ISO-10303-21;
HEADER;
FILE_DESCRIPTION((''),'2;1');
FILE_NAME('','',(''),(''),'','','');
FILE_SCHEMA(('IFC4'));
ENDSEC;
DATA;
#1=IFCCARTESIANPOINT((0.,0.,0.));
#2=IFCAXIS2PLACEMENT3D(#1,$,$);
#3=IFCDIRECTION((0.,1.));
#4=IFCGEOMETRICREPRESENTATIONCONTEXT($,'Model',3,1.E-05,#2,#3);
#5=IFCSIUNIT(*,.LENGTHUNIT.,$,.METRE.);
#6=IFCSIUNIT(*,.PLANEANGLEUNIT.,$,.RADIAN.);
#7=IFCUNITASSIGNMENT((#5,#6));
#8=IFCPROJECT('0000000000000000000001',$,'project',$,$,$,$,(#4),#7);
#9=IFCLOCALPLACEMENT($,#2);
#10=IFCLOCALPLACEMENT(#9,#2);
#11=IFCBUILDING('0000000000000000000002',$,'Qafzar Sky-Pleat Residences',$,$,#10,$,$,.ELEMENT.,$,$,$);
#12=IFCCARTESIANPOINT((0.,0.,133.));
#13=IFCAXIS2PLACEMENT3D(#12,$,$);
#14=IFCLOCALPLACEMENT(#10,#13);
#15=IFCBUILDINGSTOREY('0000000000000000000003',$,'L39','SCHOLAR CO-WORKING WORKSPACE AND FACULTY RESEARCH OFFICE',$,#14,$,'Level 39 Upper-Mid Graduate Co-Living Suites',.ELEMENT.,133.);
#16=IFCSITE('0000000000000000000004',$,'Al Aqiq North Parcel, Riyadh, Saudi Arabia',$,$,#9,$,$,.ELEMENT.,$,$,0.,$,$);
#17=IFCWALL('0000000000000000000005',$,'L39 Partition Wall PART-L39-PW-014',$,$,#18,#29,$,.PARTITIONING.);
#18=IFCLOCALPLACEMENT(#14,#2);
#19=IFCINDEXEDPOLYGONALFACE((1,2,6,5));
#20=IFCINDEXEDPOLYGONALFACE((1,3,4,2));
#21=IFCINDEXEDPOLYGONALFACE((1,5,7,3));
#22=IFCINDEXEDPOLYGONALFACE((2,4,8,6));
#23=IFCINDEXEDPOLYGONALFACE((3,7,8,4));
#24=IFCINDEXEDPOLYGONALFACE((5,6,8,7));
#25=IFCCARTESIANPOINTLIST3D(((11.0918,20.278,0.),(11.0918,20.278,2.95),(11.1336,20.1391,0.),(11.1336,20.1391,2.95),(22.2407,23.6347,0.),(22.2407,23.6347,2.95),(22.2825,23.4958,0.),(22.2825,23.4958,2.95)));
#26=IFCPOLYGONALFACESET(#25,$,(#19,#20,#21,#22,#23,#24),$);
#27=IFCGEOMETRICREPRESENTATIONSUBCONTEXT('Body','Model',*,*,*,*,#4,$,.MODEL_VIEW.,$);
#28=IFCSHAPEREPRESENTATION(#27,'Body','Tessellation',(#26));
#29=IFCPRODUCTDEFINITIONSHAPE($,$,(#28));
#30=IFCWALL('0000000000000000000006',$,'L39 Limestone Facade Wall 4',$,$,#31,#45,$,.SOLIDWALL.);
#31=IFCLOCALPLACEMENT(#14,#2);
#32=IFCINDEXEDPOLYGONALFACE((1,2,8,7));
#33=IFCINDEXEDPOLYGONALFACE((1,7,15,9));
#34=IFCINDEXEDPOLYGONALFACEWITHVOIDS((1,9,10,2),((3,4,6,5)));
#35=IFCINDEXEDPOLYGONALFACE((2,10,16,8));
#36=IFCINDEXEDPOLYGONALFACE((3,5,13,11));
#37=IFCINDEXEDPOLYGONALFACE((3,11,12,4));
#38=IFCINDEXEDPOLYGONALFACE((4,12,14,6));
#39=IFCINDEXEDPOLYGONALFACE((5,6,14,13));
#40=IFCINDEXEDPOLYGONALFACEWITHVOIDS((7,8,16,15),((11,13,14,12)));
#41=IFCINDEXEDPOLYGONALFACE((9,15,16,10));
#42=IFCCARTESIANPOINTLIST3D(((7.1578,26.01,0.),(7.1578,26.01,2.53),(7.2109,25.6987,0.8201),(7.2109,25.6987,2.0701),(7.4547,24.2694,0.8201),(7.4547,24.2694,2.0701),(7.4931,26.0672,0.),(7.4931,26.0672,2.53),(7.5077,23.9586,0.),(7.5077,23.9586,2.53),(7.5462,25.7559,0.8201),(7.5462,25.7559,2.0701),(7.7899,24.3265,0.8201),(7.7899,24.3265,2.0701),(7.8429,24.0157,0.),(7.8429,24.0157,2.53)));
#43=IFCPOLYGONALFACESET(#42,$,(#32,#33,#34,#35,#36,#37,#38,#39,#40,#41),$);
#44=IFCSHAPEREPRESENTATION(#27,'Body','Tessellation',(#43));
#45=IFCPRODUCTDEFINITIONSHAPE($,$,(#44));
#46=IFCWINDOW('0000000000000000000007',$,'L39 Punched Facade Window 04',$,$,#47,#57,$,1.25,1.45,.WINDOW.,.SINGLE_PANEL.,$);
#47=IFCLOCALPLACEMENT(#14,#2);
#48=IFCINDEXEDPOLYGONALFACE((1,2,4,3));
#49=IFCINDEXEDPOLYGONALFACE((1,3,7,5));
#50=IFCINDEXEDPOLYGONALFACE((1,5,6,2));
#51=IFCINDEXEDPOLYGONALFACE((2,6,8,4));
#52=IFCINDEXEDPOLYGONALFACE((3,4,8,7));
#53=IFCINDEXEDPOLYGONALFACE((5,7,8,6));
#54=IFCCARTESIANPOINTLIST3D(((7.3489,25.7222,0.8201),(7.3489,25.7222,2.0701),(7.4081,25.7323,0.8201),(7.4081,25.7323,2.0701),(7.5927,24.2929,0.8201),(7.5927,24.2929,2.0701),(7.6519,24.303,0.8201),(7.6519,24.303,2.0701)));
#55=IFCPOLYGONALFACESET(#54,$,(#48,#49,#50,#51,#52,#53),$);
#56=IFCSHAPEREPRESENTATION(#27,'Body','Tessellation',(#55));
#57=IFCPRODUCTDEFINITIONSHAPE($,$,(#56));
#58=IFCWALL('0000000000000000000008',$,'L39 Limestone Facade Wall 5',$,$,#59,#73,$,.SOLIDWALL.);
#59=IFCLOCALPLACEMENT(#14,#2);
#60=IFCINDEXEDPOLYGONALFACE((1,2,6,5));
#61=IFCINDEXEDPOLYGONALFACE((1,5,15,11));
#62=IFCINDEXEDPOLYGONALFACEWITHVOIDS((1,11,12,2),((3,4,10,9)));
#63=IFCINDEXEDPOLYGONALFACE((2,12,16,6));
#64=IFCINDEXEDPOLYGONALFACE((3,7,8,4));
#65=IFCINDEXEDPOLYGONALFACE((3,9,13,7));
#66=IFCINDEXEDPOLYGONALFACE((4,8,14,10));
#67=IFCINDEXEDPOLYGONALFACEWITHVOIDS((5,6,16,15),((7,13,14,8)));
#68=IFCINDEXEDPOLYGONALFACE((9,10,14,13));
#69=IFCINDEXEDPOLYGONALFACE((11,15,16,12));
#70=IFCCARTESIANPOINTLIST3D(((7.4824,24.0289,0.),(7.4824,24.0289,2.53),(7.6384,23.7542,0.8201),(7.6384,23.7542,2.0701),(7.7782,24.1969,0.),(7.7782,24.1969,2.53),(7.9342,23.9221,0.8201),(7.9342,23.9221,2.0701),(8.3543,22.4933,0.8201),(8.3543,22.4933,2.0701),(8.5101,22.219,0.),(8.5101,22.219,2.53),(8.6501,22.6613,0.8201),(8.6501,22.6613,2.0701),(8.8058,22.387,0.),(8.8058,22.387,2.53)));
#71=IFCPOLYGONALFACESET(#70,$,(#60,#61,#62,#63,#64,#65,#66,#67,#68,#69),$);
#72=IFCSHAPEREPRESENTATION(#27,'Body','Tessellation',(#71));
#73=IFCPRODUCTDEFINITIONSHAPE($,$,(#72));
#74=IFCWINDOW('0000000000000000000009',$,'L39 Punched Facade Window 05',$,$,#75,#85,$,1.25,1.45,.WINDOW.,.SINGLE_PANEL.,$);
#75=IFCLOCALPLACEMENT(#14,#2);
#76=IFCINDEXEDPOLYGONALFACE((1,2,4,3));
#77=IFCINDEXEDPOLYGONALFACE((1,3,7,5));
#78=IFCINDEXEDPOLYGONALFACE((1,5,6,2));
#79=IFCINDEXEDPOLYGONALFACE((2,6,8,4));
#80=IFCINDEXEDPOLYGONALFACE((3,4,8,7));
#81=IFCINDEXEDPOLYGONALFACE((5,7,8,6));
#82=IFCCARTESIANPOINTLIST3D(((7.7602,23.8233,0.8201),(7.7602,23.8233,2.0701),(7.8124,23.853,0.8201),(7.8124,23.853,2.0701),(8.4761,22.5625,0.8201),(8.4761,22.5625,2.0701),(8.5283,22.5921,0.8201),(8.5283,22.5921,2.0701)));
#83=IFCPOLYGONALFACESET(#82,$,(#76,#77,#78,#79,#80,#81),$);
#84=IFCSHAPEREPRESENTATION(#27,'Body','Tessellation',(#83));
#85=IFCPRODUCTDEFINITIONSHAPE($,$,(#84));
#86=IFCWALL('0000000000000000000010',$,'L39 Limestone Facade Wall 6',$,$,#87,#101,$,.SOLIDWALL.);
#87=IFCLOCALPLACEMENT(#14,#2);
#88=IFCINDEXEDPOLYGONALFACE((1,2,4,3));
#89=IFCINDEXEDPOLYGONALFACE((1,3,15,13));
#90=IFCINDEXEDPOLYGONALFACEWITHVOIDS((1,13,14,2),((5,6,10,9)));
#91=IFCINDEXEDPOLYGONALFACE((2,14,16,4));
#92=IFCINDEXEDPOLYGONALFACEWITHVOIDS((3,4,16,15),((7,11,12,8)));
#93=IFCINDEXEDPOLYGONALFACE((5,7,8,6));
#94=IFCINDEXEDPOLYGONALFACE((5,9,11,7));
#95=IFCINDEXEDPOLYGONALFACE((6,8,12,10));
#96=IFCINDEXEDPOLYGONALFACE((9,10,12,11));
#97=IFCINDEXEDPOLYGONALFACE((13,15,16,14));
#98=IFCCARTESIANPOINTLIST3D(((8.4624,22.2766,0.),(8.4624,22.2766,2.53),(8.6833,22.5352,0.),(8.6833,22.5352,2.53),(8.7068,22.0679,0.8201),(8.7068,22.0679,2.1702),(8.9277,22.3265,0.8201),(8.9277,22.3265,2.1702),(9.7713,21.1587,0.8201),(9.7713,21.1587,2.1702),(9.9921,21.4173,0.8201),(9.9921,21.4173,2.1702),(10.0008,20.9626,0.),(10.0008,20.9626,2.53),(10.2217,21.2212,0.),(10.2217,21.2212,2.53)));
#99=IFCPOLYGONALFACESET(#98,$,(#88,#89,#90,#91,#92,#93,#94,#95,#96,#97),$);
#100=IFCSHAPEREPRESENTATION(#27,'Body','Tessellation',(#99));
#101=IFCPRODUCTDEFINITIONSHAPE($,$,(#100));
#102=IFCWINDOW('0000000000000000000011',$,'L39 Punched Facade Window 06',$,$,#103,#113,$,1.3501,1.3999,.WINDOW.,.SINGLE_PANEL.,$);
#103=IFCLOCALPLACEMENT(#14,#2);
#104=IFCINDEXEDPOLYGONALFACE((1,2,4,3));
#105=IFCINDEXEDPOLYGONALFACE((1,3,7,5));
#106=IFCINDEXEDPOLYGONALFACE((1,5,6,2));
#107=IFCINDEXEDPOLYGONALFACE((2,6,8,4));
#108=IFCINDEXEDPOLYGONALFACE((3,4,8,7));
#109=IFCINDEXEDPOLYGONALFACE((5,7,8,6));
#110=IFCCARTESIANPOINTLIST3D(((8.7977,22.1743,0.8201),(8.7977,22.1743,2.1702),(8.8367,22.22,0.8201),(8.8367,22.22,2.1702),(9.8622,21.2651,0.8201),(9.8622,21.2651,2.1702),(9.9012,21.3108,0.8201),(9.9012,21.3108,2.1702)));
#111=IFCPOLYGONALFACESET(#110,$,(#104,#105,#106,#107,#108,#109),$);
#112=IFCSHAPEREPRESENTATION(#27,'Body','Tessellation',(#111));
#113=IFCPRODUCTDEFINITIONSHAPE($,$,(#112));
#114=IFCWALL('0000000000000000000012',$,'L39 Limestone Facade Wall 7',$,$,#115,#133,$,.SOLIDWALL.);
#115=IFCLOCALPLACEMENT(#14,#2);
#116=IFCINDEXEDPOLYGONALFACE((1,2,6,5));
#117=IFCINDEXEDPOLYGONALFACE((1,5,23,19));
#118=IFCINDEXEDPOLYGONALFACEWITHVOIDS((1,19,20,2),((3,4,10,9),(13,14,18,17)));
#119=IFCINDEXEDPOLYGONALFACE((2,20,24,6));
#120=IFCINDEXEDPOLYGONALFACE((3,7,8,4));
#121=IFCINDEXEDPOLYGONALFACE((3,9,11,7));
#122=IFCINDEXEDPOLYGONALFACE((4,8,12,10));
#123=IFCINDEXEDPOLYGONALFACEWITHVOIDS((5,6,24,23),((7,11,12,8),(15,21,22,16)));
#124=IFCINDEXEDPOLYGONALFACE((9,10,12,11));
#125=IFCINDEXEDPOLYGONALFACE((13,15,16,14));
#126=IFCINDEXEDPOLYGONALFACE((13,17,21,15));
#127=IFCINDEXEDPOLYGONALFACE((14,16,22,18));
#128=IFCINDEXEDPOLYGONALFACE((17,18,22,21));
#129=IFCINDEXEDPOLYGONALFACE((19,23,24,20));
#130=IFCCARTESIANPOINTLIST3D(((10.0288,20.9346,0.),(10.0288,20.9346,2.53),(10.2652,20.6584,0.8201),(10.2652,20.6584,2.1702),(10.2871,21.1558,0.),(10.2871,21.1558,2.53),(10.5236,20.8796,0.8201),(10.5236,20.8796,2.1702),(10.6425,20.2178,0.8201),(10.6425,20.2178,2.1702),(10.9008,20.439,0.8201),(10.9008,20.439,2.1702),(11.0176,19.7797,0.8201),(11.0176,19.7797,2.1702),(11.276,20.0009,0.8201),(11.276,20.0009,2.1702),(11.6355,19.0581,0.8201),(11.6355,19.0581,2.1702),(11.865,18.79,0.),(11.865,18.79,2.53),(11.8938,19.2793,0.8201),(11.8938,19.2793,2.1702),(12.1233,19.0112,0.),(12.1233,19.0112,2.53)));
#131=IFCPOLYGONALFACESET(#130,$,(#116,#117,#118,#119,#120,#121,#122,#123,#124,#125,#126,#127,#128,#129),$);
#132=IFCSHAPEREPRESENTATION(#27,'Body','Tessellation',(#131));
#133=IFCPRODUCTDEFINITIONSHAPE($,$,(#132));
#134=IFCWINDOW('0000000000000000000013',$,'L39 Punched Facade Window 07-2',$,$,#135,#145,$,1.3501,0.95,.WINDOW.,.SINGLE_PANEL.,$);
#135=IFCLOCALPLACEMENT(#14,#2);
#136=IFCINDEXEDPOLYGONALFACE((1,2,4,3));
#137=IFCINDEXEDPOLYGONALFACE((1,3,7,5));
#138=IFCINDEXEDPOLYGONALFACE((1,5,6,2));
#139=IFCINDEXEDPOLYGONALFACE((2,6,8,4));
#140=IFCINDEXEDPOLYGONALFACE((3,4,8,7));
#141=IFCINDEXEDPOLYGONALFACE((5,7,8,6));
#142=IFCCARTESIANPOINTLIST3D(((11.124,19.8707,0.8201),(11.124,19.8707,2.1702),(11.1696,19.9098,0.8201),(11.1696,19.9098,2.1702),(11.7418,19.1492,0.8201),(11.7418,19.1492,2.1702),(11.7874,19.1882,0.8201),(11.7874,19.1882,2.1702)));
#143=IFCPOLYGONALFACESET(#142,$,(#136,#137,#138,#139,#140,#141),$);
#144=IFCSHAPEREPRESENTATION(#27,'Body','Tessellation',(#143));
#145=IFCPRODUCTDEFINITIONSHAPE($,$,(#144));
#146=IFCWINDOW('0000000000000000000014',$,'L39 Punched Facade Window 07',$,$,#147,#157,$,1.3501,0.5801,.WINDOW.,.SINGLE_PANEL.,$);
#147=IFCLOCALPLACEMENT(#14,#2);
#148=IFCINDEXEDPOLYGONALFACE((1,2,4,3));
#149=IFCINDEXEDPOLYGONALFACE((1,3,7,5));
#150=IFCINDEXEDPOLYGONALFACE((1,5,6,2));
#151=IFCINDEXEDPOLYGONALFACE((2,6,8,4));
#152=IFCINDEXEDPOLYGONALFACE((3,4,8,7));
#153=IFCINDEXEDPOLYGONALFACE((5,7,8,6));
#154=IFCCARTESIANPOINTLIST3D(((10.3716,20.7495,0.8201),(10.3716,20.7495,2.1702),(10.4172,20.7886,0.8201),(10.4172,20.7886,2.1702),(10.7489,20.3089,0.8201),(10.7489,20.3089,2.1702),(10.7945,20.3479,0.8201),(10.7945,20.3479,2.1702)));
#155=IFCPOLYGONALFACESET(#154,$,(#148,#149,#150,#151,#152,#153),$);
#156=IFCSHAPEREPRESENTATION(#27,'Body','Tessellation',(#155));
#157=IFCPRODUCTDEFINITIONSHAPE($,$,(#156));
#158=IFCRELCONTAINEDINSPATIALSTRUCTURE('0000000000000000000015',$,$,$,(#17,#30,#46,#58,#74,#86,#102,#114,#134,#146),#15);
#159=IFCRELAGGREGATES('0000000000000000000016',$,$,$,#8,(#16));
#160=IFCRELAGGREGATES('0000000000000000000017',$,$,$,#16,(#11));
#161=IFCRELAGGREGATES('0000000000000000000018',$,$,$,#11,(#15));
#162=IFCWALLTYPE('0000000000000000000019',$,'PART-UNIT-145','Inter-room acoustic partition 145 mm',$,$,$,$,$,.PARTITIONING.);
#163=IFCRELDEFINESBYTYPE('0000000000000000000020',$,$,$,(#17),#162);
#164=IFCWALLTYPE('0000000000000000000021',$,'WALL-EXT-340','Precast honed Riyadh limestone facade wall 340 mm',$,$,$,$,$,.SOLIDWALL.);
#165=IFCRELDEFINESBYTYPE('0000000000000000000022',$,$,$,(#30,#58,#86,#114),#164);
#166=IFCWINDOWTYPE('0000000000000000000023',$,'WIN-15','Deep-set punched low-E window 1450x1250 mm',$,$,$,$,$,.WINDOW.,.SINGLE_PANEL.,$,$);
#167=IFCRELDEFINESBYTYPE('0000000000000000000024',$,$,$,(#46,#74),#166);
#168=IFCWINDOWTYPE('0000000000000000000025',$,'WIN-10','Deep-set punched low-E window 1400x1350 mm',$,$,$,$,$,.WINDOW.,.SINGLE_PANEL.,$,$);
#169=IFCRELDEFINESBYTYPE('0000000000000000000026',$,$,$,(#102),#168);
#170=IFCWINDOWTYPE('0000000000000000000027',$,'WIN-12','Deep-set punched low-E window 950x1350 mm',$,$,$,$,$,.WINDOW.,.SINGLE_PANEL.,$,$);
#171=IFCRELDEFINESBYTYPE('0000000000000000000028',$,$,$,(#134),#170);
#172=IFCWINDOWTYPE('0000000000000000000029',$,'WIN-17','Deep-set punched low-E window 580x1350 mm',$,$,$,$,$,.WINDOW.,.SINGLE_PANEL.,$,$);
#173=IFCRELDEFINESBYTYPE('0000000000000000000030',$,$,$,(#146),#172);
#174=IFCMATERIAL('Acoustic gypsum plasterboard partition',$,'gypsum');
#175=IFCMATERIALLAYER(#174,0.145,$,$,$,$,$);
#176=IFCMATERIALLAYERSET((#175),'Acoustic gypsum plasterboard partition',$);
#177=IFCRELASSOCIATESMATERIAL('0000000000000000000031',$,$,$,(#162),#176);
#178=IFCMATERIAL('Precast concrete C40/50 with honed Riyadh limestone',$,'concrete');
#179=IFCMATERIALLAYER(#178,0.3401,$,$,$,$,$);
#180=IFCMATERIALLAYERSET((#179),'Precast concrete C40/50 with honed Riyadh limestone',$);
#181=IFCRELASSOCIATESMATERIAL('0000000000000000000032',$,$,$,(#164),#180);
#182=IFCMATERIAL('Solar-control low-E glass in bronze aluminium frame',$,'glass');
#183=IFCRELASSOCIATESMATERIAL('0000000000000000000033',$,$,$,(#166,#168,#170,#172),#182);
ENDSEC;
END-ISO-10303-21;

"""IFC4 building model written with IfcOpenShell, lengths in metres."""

from ifc_helpers import new_model, si_unit, direction, frame, frame_2d, origin, place, context, subcontext, project, spatial, rectangle, extrude, source, transform, mapped, material, layer, layer_set, type_object, element, fill, save


model = new_model("IFC4")

# Units and contexts
model_context = context("Model", 3, precision=1e-05, world=origin(), true_north=direction((0.0, 1.0)))
body_context = subcontext(model_context, "Body", "Model", "MODEL_VIEW")
ifc_project = project(units=[si_unit("LENGTHUNIT", "METRE"), si_unit("PLANEANGLEUNIT", "RADIAN")], contexts=[model_context])

# Site, building, storey
site_placement = place(None, origin())
site = spatial("IfcSite", under=ifc_project, at=site_placement, Name="Al Aqiq North Parcel, Riyadh, Saudi Arabia", CompositionType="ELEMENT", RefElevation=0.0)
building_placement = place(site_placement, origin())
building = spatial("IfcBuilding", under=site, at=building_placement, Name="Qafzar Sky-Pleat Residences", CompositionType="ELEMENT")
storey_placement = place(building_placement, frame((0.0, 0.0, 133.0)))
storey = spatial("IfcBuildingStorey", under=building, at=storey_placement, Name="L39", Description="SCHOLAR CO-WORKING WORKSPACE AND FACULTY RESEARCH OFFICE", LongName="Level 39 Upper-Mid Graduate Co-Living Suites", CompositionType="ELEMENT", Elevation=133.0)

# Wall
ifc_material_1 = material(Name="Acoustic gypsum plasterboard partition", Category="gypsum")
ifc_layer_1 = layer(ifc_material_1, 0.145)
ifc_layer_set_1 = layer_set([ifc_layer_1], Name="Acoustic gypsum plasterboard partition")
wall_type_1 = type_object("IfcWallType", Name="PART-UNIT-145", Description="Inter-room acoustic partition 145 mm", PredefinedType="PARTITIONING", material=ifc_layer_set_1)
wall_1_placement = place(storey_placement, frame((11.1125, 20.2085, 0.0), z_axis=(0.0, 0.0, 1.0), x_axis=(0.957542, 0.288294, 0.0)))
element("IfcWall", 1, at=wall_1_placement, inside=storey, type_object=wall_type_1, Name="L39 Partition Wall PART-L39-PW-014", PredefinedType="PARTITIONING", context=body_context, shape_type="SweptSolid", body=[
    extrude(rectangle(XDim=11.6433, YDim=0.145, at=frame_2d((5.8218, 0.0))), origin(), (0.0, 0.0, 1.0), 2.95),
])

# Walls, openings, windows
ifc_material_2 = material(Name="Precast concrete C40/50 with honed Riyadh limestone", Category="concrete")
ifc_layer_2 = layer(ifc_material_2, 0.3401)
ifc_layer_set_2 = layer_set([ifc_layer_2], Name="Precast concrete C40/50 with honed Riyadh limestone")
wall_type_2 = type_object("IfcWallType", Name="WALL-EXT-340", Description="Precast honed Riyadh limestone facade wall 340 mm", PredefinedType="SOLIDWALL", material=ifc_layer_set_2)
wall_2_placement = place(storey_placement, frame((7.3254, 26.0386, 0.0), z_axis=(0.0, 0.0, 1.0), x_axis=(0.168107, -0.985769, 0.0)))
wall_2 = element("IfcWall", 2, at=wall_2_placement, inside=storey, type_object=wall_type_2, Name="L39 Limestone Facade Wall 4", PredefinedType="SOLIDWALL", context=body_context, shape_type="SweptSolid", body=[
    extrude(rectangle(XDim=2.0811, YDim=0.3401, at=frame_2d((1.0405, 0.0))), origin(), (0.0, 0.0, 1.0), 2.53),
])
opening_1_placement = place(wall_2_placement, frame((0.3157, 0.0, 0.8201)))
opening_1 = element("IfcOpeningElement", 3, at=opening_1_placement, cuts=wall_2, PredefinedType="OPENING", context=body_context, shape_type="SweptSolid", body=[
    extrude(rectangle(XDim=1.45, YDim=1.25, at=frame_2d((0.7251, 0.625))), frame((0.0, 0.1802, 0.0), z_axis=(0.0, -1.0, 0.0), x_axis=(1.0, 0.0, 0.0)), (0.0, 0.0, 1.0), 0.3601),
])
ifc_material_3 = material(Name="Solar-control low-E glass in bronze aluminium frame", Category="glass")
window_type_1 = type_object("IfcWindowType", Name="WIN-15", Description="Deep-set punched low-E window 1450x1250 mm", PartitioningType="SINGLE_PANEL", PredefinedType="WINDOW", material=ifc_material_3)
shared_shape_1 = source(origin(), body_context, "Body", "SweptSolid", [
    extrude(rectangle(XDim=1.45, YDim=1.25, at=frame_2d((0.7251, 0.625))), frame((0.0, 0.03, 0.0), z_axis=(0.0, -1.0, 0.0), x_axis=(1.0, 0.0, 0.0)), (0.0, 0.0, 1.0), 0.0601),
])
window_1_placement = place(opening_1_placement, origin())
window_1 = element("IfcWindow", 4, at=window_1_placement, inside=storey, type_object=window_type_1, Name="L39 Punched Facade Window 04", OverallHeight=1.25, OverallWidth=1.45, PartitioningType="SINGLE_PANEL", PredefinedType="WINDOW", context=body_context, shape_type="MappedRepresentation", body=[
    mapped(shared_shape_1, transform((0.0, 0.0, 0.0), x_axis=(1.0, 0.0, 0.0), y_axis=(0.0, 1.0, 0.0), z_axis=(0.0, 0.0, 1.0), scale=1.0)),
])
fill(opening_1, window_1)
wall_3_placement = place(storey_placement, frame((7.6304, 24.1128, 0.0), z_axis=(0.0, 0.0, 1.0), x_axis=(0.493749, -0.869604, 0.0)))
wall_3 = element("IfcWall", 5, at=wall_3_placement, inside=storey, type_object=wall_type_2, Name="L39 Limestone Facade Wall 5", PredefinedType="SOLIDWALL", context=body_context, shape_type="SweptSolid", body=[
    extrude(rectangle(XDim=2.0813, YDim=0.3401, at=frame_2d((1.0405, 0.0))), origin(), (0.0, 0.0, 1.0), 2.53),
])
opening_2_placement = place(wall_3_placement, frame((0.3157, 0.0, 0.8201)))
opening_2 = element("IfcOpeningElement", 6, at=opening_2_placement, cuts=wall_3, PredefinedType="OPENING", context=body_context, shape_type="SweptSolid", body=[
    extrude(rectangle(XDim=1.45, YDim=1.25, at=frame_2d((0.7251, 0.625))), frame((0.0, 0.1802, 0.0), z_axis=(0.0, -1.0, 0.0), x_axis=(1.0, 0.0, 0.0)), (0.0, 0.0, 1.0), 0.3601),
])
window_2_placement = place(opening_2_placement, origin())
window_2 = element("IfcWindow", 7, at=window_2_placement, inside=storey, type_object=window_type_1, Name="L39 Punched Facade Window 05", OverallHeight=1.25, OverallWidth=1.45, PartitioningType="SINGLE_PANEL", PredefinedType="WINDOW", context=body_context, shape_type="MappedRepresentation", body=[
    mapped(shared_shape_1, transform((0.0, 0.0, 0.0), x_axis=(1.0, 0.0, 0.0), y_axis=(0.0, 1.0, 0.0), z_axis=(0.0, 0.0, 1.0), scale=1.0)),
])
fill(opening_2, window_2)
wall_4_placement = place(storey_placement, frame((8.5728, 22.406, 0.0), z_axis=(0.0, 0.0, 1.0), x_axis=(0.76038, -0.649479, 0.0)))
wall_4 = element("IfcWall", 8, at=wall_4_placement, inside=storey, type_object=wall_type_2, Name="L39 Limestone Facade Wall 6", PredefinedType="SOLIDWALL", context=body_context, shape_type="SweptSolid", body=[
    extrude(rectangle(XDim=2.0232, YDim=0.3401, at=frame_2d((1.0117, 0.0))), origin(), (0.0, 0.0, 1.0), 2.53),
])
opening_3_placement = place(wall_4_placement, frame((0.3215, 0.0, 0.8201)))
opening_3 = element("IfcOpeningElement", 9, at=opening_3_placement, cuts=wall_4, PredefinedType="OPENING", context=body_context, shape_type="SweptSolid", body=[
    extrude(rectangle(XDim=1.3999, YDim=1.3501, at=frame_2d((0.7, 0.675))), frame((0.0, 0.1802, 0.0), z_axis=(0.0, -1.0, 0.0), x_axis=(1.0, 0.0, 0.0)), (0.0, 0.0, 1.0), 0.3601),
])
window_type_2 = type_object("IfcWindowType", Name="WIN-10", Description="Deep-set punched low-E window 1400x1350 mm", PartitioningType="SINGLE_PANEL", PredefinedType="WINDOW", material=ifc_material_3)
shared_shape_2 = source(origin(), body_context, "Body", "SweptSolid", [
    extrude(rectangle(XDim=1.3999, YDim=1.3501, at=frame_2d((0.7, 0.675))), frame((0.0, 0.03, 0.0), z_axis=(0.0, -1.0, 0.0), x_axis=(1.0, 0.0, 0.0)), (0.0, 0.0, 1.0), 0.0601),
])
window_3_placement = place(opening_3_placement, origin())
window_3 = element("IfcWindow", 10, at=window_3_placement, inside=storey, type_object=window_type_2, Name="L39 Punched Facade Window 06", OverallHeight=1.3501, OverallWidth=1.3999, PartitioningType="SINGLE_PANEL", PredefinedType="WINDOW", context=body_context, shape_type="MappedRepresentation", body=[
    mapped(shared_shape_2, transform((0.0, 0.0, 0.0), x_axis=(1.0, 0.0, 0.0), y_axis=(0.0, 1.0, 0.0), z_axis=(0.0, 0.0, 1.0), scale=1.0)),
])
fill(opening_3, window_3)

# Wall, openings, windows
wall_5_placement = place(storey_placement, frame((10.158, 21.0452, 0.0), z_axis=(0.0, 0.0, 1.0), x_axis=(0.650385, -0.759604, 0.0)))
wall_5 = element("IfcWall", 11, at=wall_5_placement, inside=storey, type_object=wall_type_2, Name="L39 Limestone Facade Wall 7", PredefinedType="SOLIDWALL", context=body_context, shape_type="SweptSolid", body=[
    extrude(rectangle(XDim=2.8232, YDim=0.3401, at=frame_2d((1.4116, 0.0))), origin(), (0.0, 0.0, 1.0), 2.53),
])
opening_4_placement = place(wall_5_placement, frame((0.3635, 0.0, 0.8201)))
opening_4 = element("IfcOpeningElement", 12, at=opening_4_placement, cuts=wall_5, PredefinedType="OPENING", context=body_context, shape_type="SweptSolid", body=[
    extrude(rectangle(XDim=0.5801, YDim=1.3501, at=frame_2d((0.29, 0.675))), frame((0.0, 0.1802, 0.0), z_axis=(0.0, -1.0, 0.0), x_axis=(1.0, 0.0, 0.0)), (0.0, 0.0, 1.0), 0.3601),
])
opening_5_placement = place(wall_5_placement, frame((1.5203, 0.0, 0.8201)))
opening_5 = element("IfcOpeningElement", 13, at=opening_5_placement, cuts=wall_5, PredefinedType="OPENING", context=body_context, shape_type="SweptSolid", body=[
    extrude(rectangle(XDim=0.95, YDim=1.3501, at=frame_2d((0.4751, 0.675))), frame((0.0, 0.1802, 0.0), z_axis=(0.0, -1.0, 0.0), x_axis=(1.0, 0.0, 0.0)), (0.0, 0.0, 1.0), 0.3601),
])
window_type_3 = type_object("IfcWindowType", Name="WIN-12", Description="Deep-set punched low-E window 950x1350 mm", PartitioningType="SINGLE_PANEL", PredefinedType="WINDOW", material=ifc_material_3)
shared_shape_3 = source(origin(), body_context, "Body", "SweptSolid", [
    extrude(rectangle(XDim=0.95, YDim=1.3501, at=frame_2d((0.4751, 0.675))), frame((0.0, 0.03, 0.0), z_axis=(0.0, -1.0, 0.0), x_axis=(1.0, 0.0, 0.0)), (0.0, 0.0, 1.0), 0.0601),
])
window_4_placement = place(opening_5_placement, origin())
window_4 = element("IfcWindow", 14, at=window_4_placement, inside=storey, type_object=window_type_3, Name="L39 Punched Facade Window 07-2", OverallHeight=1.3501, OverallWidth=0.95, PartitioningType="SINGLE_PANEL", PredefinedType="WINDOW", context=body_context, shape_type="MappedRepresentation", body=[
    mapped(shared_shape_3, transform((0.0, 0.0, 0.0), x_axis=(1.0, 0.0, 0.0), y_axis=(0.0, 1.0, 0.0), z_axis=(0.0, 0.0, 1.0), scale=1.0)),
])
fill(opening_5, window_4)
window_type_4 = type_object("IfcWindowType", Name="WIN-17", Description="Deep-set punched low-E window 580x1350 mm", PartitioningType="SINGLE_PANEL", PredefinedType="WINDOW", material=ifc_material_3)
shared_shape_4 = source(origin(), body_context, "Body", "SweptSolid", [
    extrude(rectangle(XDim=0.5801, YDim=1.3501, at=frame_2d((0.29, 0.675))), frame((0.0, 0.03, 0.0), z_axis=(0.0, -1.0, 0.0), x_axis=(1.0, 0.0, 0.0)), (0.0, 0.0, 1.0), 0.0601),
])
window_5_placement = place(opening_4_placement, origin())
window_5 = element("IfcWindow", 15, at=window_5_placement, inside=storey, type_object=window_type_4, Name="L39 Punched Facade Window 07", OverallHeight=1.3501, OverallWidth=0.5801, PartitioningType="SINGLE_PANEL", PredefinedType="WINDOW", context=body_context, shape_type="MappedRepresentation", body=[
    mapped(shared_shape_4, transform((0.0, 0.0, 0.0), x_axis=(1.0, 0.0, 0.0), y_axis=(0.0, 1.0, 0.0), z_axis=(0.0, 0.0, 1.0), scale=1.0)),
])
fill(opening_4, window_5)

save(model, "model.ifc")
